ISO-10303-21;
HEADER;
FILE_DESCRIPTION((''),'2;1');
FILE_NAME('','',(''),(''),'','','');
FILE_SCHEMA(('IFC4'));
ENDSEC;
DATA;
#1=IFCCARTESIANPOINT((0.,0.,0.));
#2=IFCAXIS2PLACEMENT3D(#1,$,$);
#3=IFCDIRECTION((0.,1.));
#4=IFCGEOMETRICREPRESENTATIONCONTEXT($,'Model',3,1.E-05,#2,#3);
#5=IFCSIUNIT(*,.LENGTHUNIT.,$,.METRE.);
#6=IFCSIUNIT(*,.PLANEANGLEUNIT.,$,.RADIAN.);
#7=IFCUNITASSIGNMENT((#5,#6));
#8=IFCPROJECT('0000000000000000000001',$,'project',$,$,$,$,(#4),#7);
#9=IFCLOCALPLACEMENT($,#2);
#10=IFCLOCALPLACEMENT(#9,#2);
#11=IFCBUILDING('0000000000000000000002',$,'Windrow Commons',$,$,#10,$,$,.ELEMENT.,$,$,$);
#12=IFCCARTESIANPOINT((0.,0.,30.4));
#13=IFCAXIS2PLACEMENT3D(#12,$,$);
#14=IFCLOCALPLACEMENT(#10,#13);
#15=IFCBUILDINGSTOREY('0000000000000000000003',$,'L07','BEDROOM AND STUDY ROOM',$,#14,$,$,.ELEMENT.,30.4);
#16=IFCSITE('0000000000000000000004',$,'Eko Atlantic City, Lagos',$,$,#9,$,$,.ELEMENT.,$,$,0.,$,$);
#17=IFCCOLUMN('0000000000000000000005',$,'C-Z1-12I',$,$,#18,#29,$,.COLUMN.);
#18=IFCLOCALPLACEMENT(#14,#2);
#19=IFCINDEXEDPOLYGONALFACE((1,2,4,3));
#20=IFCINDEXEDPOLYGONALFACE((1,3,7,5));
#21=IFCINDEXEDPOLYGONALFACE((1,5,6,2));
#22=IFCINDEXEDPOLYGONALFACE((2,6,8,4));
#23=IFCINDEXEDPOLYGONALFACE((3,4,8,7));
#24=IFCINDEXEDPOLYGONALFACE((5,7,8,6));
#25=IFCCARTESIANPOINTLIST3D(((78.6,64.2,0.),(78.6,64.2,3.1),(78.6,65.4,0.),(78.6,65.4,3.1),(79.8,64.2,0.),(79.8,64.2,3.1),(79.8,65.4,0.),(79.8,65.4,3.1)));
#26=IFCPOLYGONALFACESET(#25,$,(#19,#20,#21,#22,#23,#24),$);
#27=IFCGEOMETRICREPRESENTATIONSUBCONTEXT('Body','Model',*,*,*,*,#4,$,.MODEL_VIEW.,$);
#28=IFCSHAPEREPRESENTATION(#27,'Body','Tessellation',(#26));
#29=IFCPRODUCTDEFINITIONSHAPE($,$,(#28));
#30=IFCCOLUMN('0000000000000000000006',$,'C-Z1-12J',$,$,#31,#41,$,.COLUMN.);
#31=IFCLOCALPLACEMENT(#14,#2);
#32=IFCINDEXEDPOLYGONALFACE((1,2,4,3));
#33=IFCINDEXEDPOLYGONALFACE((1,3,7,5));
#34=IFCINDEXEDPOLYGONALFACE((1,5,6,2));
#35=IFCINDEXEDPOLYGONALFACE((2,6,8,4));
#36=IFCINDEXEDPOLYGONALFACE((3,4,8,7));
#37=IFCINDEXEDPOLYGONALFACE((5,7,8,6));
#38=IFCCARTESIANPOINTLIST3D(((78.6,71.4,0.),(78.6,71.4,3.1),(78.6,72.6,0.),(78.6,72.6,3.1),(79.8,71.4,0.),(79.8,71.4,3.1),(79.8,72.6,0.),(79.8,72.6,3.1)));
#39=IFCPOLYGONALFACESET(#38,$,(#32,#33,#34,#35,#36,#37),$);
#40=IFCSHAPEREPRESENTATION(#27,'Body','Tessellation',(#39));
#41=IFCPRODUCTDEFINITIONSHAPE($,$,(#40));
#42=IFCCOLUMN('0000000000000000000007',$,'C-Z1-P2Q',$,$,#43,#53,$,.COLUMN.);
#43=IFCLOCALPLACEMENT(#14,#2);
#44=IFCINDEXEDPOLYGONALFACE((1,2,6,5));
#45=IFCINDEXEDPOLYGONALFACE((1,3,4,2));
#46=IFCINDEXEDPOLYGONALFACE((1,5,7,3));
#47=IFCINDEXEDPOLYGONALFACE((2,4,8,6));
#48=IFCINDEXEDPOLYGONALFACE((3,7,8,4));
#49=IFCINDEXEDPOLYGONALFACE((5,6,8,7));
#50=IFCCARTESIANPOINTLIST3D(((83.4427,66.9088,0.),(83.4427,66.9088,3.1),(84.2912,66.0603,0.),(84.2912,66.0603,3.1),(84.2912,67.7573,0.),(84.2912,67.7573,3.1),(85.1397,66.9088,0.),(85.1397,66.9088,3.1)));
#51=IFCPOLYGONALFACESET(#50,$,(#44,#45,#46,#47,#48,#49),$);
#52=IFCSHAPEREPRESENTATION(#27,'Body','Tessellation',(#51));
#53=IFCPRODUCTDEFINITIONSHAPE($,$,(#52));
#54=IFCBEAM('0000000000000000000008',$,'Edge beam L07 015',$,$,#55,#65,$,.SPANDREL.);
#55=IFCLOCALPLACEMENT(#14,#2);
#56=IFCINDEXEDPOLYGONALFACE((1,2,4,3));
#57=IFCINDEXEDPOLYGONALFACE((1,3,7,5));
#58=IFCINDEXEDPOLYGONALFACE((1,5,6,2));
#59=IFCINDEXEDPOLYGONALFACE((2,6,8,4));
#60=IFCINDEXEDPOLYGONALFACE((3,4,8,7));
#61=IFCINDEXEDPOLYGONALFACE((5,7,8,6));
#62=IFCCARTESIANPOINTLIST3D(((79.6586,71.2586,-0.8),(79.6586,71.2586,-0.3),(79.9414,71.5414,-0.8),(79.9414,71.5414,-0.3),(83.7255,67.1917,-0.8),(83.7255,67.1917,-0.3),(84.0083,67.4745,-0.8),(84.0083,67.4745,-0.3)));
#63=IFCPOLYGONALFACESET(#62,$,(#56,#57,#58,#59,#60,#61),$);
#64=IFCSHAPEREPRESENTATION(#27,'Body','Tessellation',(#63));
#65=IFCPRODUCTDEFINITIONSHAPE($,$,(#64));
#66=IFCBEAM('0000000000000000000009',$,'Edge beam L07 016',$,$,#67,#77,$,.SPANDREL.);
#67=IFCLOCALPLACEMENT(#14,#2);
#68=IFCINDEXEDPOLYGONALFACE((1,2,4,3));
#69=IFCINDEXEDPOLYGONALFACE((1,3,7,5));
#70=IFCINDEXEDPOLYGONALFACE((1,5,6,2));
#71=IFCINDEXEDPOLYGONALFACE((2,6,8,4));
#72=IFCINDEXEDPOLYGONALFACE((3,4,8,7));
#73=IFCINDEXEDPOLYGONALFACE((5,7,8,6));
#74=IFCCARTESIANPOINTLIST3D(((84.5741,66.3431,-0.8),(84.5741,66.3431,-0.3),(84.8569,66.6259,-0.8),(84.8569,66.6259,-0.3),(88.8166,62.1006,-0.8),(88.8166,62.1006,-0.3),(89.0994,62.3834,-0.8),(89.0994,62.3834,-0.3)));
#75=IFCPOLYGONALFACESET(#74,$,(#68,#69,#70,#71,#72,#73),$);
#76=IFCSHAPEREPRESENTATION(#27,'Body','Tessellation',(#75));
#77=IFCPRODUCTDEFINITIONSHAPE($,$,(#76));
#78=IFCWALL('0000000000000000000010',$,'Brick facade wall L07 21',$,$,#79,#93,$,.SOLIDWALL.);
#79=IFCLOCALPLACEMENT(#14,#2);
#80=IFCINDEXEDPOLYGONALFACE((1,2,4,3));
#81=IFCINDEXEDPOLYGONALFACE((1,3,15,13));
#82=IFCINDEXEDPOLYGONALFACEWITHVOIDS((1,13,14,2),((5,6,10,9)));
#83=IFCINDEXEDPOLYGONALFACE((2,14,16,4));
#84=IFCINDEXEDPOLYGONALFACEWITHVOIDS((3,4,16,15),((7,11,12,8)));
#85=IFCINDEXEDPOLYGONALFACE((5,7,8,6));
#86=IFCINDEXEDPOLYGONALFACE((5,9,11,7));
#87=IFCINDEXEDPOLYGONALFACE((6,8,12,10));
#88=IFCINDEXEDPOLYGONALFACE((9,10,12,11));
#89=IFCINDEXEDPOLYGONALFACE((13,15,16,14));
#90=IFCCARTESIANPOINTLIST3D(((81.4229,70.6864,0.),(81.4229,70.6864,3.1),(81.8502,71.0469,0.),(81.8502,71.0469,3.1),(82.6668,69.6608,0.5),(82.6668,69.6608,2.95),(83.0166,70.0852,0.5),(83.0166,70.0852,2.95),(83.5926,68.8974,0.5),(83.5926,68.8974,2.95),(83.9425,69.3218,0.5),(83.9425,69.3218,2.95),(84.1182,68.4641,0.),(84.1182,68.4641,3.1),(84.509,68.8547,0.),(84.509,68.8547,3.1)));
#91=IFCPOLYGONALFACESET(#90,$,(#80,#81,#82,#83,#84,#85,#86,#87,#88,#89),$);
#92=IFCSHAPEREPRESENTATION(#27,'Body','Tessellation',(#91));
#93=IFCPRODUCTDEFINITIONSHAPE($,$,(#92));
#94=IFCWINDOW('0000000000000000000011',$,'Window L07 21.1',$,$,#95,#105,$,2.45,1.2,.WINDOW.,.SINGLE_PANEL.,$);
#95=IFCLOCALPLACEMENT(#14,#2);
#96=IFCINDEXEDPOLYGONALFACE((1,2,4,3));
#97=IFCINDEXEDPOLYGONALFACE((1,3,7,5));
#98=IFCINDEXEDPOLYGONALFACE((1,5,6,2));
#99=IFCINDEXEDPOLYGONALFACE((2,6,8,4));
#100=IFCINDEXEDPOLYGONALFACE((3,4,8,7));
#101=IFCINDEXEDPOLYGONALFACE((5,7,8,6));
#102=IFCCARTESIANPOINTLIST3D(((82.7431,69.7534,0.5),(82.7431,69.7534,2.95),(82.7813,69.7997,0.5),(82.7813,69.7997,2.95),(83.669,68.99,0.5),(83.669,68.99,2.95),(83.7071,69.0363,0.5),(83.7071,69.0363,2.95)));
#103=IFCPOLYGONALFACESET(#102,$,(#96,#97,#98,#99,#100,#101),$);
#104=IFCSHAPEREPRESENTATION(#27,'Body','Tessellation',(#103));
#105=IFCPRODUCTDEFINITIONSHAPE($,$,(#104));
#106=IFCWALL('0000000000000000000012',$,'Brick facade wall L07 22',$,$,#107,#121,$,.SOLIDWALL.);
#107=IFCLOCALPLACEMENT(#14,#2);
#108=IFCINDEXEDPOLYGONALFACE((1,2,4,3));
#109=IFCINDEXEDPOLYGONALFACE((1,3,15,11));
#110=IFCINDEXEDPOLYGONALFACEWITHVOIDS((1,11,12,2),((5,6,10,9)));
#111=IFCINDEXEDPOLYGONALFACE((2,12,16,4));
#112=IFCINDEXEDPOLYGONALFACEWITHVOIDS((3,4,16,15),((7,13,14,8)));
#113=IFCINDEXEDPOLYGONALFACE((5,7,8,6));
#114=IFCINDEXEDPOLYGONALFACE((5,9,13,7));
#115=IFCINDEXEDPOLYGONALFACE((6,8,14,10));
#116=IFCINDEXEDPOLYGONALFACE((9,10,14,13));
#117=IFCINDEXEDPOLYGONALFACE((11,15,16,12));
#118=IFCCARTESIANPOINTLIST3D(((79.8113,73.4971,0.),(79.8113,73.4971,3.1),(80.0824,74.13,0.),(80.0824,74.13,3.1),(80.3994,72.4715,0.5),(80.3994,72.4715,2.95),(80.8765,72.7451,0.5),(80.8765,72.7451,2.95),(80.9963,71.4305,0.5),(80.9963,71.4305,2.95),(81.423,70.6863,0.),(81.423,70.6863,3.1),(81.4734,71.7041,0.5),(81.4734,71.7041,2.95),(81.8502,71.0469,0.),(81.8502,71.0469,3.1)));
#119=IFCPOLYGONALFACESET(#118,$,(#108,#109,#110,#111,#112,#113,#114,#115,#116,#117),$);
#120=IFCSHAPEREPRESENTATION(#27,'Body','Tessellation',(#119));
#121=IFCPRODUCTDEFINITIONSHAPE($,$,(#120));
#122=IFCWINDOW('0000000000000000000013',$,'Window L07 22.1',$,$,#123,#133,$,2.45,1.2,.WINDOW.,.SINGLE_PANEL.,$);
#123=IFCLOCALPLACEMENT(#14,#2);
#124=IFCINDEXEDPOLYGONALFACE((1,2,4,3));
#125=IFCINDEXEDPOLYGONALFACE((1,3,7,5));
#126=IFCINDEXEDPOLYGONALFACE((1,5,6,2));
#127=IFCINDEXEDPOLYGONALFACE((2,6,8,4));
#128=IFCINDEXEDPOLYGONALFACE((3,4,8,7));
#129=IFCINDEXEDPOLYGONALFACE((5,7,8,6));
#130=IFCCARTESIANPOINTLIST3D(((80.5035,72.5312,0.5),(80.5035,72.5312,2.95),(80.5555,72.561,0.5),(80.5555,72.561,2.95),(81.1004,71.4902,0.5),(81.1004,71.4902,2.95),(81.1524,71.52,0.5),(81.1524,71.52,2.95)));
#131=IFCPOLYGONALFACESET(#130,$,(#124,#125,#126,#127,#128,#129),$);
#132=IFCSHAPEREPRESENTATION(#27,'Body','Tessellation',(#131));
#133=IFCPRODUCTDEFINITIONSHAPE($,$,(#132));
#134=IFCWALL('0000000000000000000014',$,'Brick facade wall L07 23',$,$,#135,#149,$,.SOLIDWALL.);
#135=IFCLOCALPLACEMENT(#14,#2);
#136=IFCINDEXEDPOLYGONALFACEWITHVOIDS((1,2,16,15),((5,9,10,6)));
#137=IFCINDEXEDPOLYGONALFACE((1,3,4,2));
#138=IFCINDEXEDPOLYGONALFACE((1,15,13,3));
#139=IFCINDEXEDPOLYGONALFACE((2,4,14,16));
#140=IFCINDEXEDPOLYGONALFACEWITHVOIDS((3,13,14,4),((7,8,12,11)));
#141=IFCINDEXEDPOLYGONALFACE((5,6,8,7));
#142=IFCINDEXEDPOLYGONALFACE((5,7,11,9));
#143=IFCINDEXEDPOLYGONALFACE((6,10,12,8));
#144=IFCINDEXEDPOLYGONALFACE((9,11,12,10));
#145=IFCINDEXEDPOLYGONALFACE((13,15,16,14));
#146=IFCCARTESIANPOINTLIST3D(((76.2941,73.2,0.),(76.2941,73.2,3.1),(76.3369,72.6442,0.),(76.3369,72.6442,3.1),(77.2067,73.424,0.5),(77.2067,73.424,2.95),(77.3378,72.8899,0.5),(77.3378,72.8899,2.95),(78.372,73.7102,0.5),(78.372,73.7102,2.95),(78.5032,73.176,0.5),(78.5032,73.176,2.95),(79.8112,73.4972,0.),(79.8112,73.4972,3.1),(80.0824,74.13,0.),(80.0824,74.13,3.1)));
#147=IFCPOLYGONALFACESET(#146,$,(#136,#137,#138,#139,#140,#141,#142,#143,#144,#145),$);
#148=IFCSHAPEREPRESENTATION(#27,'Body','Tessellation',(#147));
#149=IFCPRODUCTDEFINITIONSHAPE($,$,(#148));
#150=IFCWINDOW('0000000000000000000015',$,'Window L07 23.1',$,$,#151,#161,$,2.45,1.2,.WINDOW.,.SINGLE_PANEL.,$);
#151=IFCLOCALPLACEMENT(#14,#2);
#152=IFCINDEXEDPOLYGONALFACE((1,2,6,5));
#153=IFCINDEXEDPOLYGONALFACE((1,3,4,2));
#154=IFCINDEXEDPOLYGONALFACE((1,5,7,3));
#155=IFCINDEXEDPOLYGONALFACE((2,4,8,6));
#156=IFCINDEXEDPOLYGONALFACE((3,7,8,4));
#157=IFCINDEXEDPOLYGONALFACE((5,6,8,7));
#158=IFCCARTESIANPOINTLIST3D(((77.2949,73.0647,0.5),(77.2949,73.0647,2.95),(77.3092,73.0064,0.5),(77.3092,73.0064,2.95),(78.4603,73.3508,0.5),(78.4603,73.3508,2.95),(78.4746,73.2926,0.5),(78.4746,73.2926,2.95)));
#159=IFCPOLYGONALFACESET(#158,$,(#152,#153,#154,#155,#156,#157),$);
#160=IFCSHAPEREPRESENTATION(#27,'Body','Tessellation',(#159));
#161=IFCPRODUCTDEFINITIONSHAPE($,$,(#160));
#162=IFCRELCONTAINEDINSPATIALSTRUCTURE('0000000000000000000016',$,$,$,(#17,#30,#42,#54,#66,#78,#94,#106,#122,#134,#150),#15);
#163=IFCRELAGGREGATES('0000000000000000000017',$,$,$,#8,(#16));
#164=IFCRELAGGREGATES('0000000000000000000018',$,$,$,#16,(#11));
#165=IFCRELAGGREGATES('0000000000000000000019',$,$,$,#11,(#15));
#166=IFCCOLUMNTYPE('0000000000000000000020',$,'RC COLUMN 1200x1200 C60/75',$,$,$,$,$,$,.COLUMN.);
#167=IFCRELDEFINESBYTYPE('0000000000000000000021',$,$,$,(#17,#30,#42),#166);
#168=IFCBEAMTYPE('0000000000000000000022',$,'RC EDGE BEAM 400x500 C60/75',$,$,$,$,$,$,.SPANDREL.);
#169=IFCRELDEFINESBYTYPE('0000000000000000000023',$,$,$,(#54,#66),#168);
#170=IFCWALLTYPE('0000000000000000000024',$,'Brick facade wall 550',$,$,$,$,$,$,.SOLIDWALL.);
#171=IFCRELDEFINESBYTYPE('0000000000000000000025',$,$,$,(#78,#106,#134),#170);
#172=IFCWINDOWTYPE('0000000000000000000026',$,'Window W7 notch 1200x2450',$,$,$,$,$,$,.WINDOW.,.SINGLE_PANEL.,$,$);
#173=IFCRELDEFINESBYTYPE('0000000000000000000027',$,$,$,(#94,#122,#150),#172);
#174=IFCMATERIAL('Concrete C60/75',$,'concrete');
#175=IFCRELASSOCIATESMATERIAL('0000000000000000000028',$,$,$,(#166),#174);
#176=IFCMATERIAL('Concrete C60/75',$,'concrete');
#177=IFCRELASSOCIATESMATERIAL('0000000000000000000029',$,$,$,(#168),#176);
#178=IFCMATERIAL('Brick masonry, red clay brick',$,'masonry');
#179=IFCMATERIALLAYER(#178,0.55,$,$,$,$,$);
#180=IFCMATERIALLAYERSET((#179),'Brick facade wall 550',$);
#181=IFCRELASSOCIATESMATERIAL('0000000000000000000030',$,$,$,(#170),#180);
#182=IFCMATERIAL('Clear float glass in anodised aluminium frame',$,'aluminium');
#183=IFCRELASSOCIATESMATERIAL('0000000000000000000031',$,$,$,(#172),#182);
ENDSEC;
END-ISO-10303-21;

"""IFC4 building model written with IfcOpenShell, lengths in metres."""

from ifc_helpers import new_model, si_unit, direction, frame, frame_2d, origin, origin_2d, place, context, subcontext, project, spatial, polyline, rectangle, outline, extrude, material, layer, layer_set, material_profile, profile_set, type_object, element, fill, save


model = new_model("IFC4")

# Units and contexts
model_context = context("Model", 3, precision=1e-05, world=origin(), true_north=direction((0.0, 1.0)))
body_context = subcontext(model_context, "Body", "Model", "MODEL_VIEW")
ifc_project = project(units=[si_unit("LENGTHUNIT", "METRE"), si_unit("PLANEANGLEUNIT", "RADIAN")], contexts=[model_context])

# Site, building, storey
site_placement = place(None, origin())
site = spatial("IfcSite", under=ifc_project, at=site_placement, Name="Eko Atlantic City, Lagos", CompositionType="ELEMENT", RefElevation=0.0)
building_placement = place(site_placement, origin())
building = spatial("IfcBuilding", under=site, at=building_placement, Name="Windrow Commons", CompositionType="ELEMENT")
storey_placement = place(building_placement, frame((0.0, 0.0, 30.4)))
storey = spatial("IfcBuildingStorey", under=building, at=storey_placement, Name="L07", Description="BEDROOM AND STUDY ROOM", CompositionType="ELEMENT", Elevation=30.4)

# Columns
ifc_material_1 = material(Name="Concrete C60/75", Category="concrete")
ifc_material_profile_1 = material_profile(ifc_material_1, rectangle(XDim=1.2, YDim=1.2, at=origin_2d()))
ifc_profile_set_1 = profile_set([ifc_material_profile_1], Name="Concrete C60/75")
column_type = type_object("IfcColumnType", Name="RC COLUMN 1200x1200 C60/75", PredefinedType="COLUMN", material=ifc_profile_set_1)
for number, where, z_axis, x_axis, name in (
    (1, (79.2, 64.8, 0.0), (0.0, 0.0, 1.0), (1.0, 0.0, 0.0), "C-Z1-12I"),
    (2, (79.2, 72.0, 0.0), (0.0, 0.0, 1.0), (1.0, 0.0, 0.0), "C-Z1-12J"),
    (3, (84.2912, 66.9088, 0.0), (0.0, 0.0, 1.0), (0.707107, -0.707107, 0.0), "C-Z1-P2Q"),
):
    element("IfcColumn", number, at=place(storey_placement, frame(where, z_axis=z_axis, x_axis=x_axis)), inside=storey, type_object=column_type, Name=name, PredefinedType="COLUMN", context=body_context, shape_type="SweptSolid", body=[
        extrude(rectangle(XDim=1.2, YDim=1.2, at=origin_2d()), origin(), (0.0, 0.0, 1.0), 3.1),
    ])

# Beams
ifc_material_2 = material(Name="Concrete C60/75", Category="concrete")
ifc_material_profile_2 = material_profile(ifc_material_2, rectangle(XDim=0.4, YDim=0.5, at=origin_2d()))
ifc_profile_set_2 = profile_set([ifc_material_profile_2], Name="Concrete C60/75")
beam_type = type_object("IfcBeamType", Name="RC EDGE BEAM 400x500 C60/75", PredefinedType="SPANDREL", material=ifc_profile_set_2)
beam_1_placement = place(storey_placement, frame((79.8, 71.4, -0.55), z_axis=(0.707107, -0.707107, 0.0), x_axis=(0.707107, 0.707107, 0.0)))
element("IfcBeam", 4, at=beam_1_placement, inside=storey, type_object=beam_type, Name="Edge beam L07 015", PredefinedType="SPANDREL", context=body_context, shape_type="SweptSolid", body=[
    extrude(rectangle(XDim=0.4, YDim=0.5, at=origin_2d()), origin(), (0.0, 0.0, 1.0), 5.7515),
])
beam_2_placement = place(storey_placement, frame((84.7155, 66.4845, -0.55), z_axis=(0.707107, -0.707107, 0.0), x_axis=(0.707107, 0.707107, 0.0)))
element("IfcBeam", 5, at=beam_2_placement, inside=storey, type_object=beam_type, Name="Edge beam L07 016", PredefinedType="SPANDREL", context=body_context, shape_type="SweptSolid", body=[
    extrude(rectangle(XDim=0.4, YDim=0.5, at=origin_2d()), origin(), (0.0, 0.0, 1.0), 5.9998),
])

# Walls, openings, windows
ifc_material_3 = material(Name="Brick masonry, red clay brick", Category="masonry")
ifc_layer_1 = layer(ifc_material_3, 0.55)
ifc_layer_set_1 = layer_set([ifc_layer_1], Name="Brick facade wall 550")
wall_type_1 = type_object("IfcWallType", Name="Brick facade wall 550", PredefinedType="SOLIDWALL", material=ifc_layer_set_1)
wall_1_placement = place(storey_placement, frame((84.3136, 68.6594, 0.0), z_axis=(0.0, 0.0, 1.0), x_axis=(-0.771561, 0.636156, 0.0)))
wall_1 = element("IfcWall", 6, at=wall_1_placement, inside=storey, type_object=wall_type_1, Name="Brick facade wall L07 21", PredefinedType="SOLIDWALL", context=body_context, shape_type="SweptSolid", body=[
    extrude(outline(polyline([(-0.0265, -0.275), (3.4195, -0.275), (3.5198, 0.275), (0.0265, 0.275), (-0.0265, -0.275)])), origin(), (0.0, 0.0, 1.0), 3.1),
])
opening_1_placement = place(wall_1_placement, frame((0.7077, 0.0, 0.5)))
opening_1 = element("IfcOpeningElement", 7, at=opening_1_placement, cuts=wall_1, PredefinedType="OPENING", context=body_context, shape_type="SweptSolid", body=[
    extrude(rectangle(XDim=1.2, YDim=2.45, at=frame_2d((0.6, 1.225))), frame((0.0, 0.285, 0.0), z_axis=(0.0, -1.0, 0.0), x_axis=(1.0, 0.0, 0.0)), (0.0, 0.0, 1.0), 0.57),
])
ifc_material_4 = material(Name="Clear float glass in anodised aluminium frame", Category="aluminium")
window_type = type_object("IfcWindowType", Name="Window W7 notch 1200x2450", PartitioningType="SINGLE_PANEL", PredefinedType="WINDOW", material=ifc_material_4)
window_1_placement = place(opening_1_placement, origin())
window_1 = element("IfcWindow", 8, at=window_1_placement, inside=storey, type_object=window_type, Name="Window L07 21.1", OverallHeight=2.45, OverallWidth=1.2, PartitioningType="SINGLE_PANEL", PredefinedType="WINDOW", context=body_context, shape_type="SweptSolid", body=[
    extrude(rectangle(XDim=1.2, YDim=2.45, at=frame_2d((0.6, 1.225))), frame((0.0, 0.155, 0.0), z_axis=(0.0, -1.0, 0.0), x_axis=(1.0, 0.0, 0.0)), (0.0, 0.0, 1.0), 0.06),
])
fill(opening_1, window_1)
wall_2_placement = place(storey_placement, frame((81.6366, 70.8666, 0.0), z_axis=(0.0, 0.0, 1.0), x_axis=(-0.497425, 0.867507, 0.0)))
wall_2 = element("IfcWall", 9, at=wall_2_placement, inside=storey, type_object=wall_type_1, Name="Brick facade wall L07 22", PredefinedType="SOLIDWALL", context=body_context, shape_type="SweptSolid", body=[
    extrude(outline(polyline([(0.0501, -0.275), (3.6041, -0.275), (3.1899, 0.275), (-0.0501, 0.275), (0.0501, -0.275)])), origin(), (0.0, 0.0, 1.0), 3.1),
])
opening_2_placement = place(wall_2_placement, frame((0.8077, 0.0, 0.5)))
opening_2 = element("IfcOpeningElement", 10, at=opening_2_placement, cuts=wall_2, PredefinedType="OPENING", context=body_context, shape_type="SweptSolid", body=[
    extrude(rectangle(XDim=1.2, YDim=2.45, at=frame_2d((0.6, 1.225))), frame((0.0, 0.285, 0.0), z_axis=(0.0, -1.0, 0.0), x_axis=(1.0, 0.0, 0.0)), (0.0, 0.0, 1.0), 0.57),
])
window_2_placement = place(opening_2_placement, origin())
window_2 = element("IfcWindow", 11, at=window_2_placement, inside=storey, type_object=window_type, Name="Window L07 22.1", OverallHeight=2.45, OverallWidth=1.2, PartitioningType="SINGLE_PANEL", PredefinedType="WINDOW", context=body_context, shape_type="SweptSolid", body=[
    extrude(rectangle(XDim=1.2, YDim=2.45, at=frame_2d((0.6, 1.225))), frame((0.0, 0.155, 0.0), z_axis=(0.0, -1.0, 0.0), x_axis=(1.0, 0.0, 0.0)), (0.0, 0.0, 1.0), 0.06),
])
fill(opening_2, window_2)
wall_3_placement = place(storey_placement, frame((79.9468, 73.8136, 0.0), z_axis=(0.0, 0.0, 1.0), x_axis=(-0.971161, -0.238424, 0.0)))
wall_3 = element("IfcWall", 12, at=wall_3_placement, inside=storey, type_object=wall_type_1, Name="Brick facade wall L07 23", PredefinedType="SOLIDWALL", context=body_context, shape_type="SweptSolid", body=[
    extrude(outline(polyline([(-0.2071, -0.275), (3.6937, -0.275), (3.7846, 0.275), (0.2071, 0.275), (-0.2071, -0.275)])), origin(), (0.0, 0.0, 1.0), 3.1),
])
opening_3_placement = place(wall_3_placement, frame((1.554, 0.0, 0.5)))
opening_3 = element("IfcOpeningElement", 13, at=opening_3_placement, cuts=wall_3, PredefinedType="OPENING", context=body_context, shape_type="SweptSolid", body=[
    extrude(rectangle(XDim=1.2, YDim=2.45, at=frame_2d((0.6, 1.225))), frame((0.0, 0.285, 0.0), z_axis=(0.0, -1.0, 0.0), x_axis=(1.0, 0.0, 0.0)), (0.0, 0.0, 1.0), 0.57),
])
window_3_placement = place(opening_3_placement, origin())
window_3 = element("IfcWindow", 14, at=window_3_placement, inside=storey, type_object=window_type, Name="Window L07 23.1", OverallHeight=2.45, OverallWidth=1.2, PartitioningType="SINGLE_PANEL", PredefinedType="WINDOW", context=body_context, shape_type="SweptSolid", body=[
    extrude(rectangle(XDim=1.2, YDim=2.45, at=frame_2d((0.6, 1.225))), frame((0.0, 0.155, 0.0), z_axis=(0.0, -1.0, 0.0), x_axis=(1.0, 0.0, 0.0)), (0.0, 0.0, 1.0), 0.06),
])
fill(opening_3, window_3)

save(model, "model.ifc")
